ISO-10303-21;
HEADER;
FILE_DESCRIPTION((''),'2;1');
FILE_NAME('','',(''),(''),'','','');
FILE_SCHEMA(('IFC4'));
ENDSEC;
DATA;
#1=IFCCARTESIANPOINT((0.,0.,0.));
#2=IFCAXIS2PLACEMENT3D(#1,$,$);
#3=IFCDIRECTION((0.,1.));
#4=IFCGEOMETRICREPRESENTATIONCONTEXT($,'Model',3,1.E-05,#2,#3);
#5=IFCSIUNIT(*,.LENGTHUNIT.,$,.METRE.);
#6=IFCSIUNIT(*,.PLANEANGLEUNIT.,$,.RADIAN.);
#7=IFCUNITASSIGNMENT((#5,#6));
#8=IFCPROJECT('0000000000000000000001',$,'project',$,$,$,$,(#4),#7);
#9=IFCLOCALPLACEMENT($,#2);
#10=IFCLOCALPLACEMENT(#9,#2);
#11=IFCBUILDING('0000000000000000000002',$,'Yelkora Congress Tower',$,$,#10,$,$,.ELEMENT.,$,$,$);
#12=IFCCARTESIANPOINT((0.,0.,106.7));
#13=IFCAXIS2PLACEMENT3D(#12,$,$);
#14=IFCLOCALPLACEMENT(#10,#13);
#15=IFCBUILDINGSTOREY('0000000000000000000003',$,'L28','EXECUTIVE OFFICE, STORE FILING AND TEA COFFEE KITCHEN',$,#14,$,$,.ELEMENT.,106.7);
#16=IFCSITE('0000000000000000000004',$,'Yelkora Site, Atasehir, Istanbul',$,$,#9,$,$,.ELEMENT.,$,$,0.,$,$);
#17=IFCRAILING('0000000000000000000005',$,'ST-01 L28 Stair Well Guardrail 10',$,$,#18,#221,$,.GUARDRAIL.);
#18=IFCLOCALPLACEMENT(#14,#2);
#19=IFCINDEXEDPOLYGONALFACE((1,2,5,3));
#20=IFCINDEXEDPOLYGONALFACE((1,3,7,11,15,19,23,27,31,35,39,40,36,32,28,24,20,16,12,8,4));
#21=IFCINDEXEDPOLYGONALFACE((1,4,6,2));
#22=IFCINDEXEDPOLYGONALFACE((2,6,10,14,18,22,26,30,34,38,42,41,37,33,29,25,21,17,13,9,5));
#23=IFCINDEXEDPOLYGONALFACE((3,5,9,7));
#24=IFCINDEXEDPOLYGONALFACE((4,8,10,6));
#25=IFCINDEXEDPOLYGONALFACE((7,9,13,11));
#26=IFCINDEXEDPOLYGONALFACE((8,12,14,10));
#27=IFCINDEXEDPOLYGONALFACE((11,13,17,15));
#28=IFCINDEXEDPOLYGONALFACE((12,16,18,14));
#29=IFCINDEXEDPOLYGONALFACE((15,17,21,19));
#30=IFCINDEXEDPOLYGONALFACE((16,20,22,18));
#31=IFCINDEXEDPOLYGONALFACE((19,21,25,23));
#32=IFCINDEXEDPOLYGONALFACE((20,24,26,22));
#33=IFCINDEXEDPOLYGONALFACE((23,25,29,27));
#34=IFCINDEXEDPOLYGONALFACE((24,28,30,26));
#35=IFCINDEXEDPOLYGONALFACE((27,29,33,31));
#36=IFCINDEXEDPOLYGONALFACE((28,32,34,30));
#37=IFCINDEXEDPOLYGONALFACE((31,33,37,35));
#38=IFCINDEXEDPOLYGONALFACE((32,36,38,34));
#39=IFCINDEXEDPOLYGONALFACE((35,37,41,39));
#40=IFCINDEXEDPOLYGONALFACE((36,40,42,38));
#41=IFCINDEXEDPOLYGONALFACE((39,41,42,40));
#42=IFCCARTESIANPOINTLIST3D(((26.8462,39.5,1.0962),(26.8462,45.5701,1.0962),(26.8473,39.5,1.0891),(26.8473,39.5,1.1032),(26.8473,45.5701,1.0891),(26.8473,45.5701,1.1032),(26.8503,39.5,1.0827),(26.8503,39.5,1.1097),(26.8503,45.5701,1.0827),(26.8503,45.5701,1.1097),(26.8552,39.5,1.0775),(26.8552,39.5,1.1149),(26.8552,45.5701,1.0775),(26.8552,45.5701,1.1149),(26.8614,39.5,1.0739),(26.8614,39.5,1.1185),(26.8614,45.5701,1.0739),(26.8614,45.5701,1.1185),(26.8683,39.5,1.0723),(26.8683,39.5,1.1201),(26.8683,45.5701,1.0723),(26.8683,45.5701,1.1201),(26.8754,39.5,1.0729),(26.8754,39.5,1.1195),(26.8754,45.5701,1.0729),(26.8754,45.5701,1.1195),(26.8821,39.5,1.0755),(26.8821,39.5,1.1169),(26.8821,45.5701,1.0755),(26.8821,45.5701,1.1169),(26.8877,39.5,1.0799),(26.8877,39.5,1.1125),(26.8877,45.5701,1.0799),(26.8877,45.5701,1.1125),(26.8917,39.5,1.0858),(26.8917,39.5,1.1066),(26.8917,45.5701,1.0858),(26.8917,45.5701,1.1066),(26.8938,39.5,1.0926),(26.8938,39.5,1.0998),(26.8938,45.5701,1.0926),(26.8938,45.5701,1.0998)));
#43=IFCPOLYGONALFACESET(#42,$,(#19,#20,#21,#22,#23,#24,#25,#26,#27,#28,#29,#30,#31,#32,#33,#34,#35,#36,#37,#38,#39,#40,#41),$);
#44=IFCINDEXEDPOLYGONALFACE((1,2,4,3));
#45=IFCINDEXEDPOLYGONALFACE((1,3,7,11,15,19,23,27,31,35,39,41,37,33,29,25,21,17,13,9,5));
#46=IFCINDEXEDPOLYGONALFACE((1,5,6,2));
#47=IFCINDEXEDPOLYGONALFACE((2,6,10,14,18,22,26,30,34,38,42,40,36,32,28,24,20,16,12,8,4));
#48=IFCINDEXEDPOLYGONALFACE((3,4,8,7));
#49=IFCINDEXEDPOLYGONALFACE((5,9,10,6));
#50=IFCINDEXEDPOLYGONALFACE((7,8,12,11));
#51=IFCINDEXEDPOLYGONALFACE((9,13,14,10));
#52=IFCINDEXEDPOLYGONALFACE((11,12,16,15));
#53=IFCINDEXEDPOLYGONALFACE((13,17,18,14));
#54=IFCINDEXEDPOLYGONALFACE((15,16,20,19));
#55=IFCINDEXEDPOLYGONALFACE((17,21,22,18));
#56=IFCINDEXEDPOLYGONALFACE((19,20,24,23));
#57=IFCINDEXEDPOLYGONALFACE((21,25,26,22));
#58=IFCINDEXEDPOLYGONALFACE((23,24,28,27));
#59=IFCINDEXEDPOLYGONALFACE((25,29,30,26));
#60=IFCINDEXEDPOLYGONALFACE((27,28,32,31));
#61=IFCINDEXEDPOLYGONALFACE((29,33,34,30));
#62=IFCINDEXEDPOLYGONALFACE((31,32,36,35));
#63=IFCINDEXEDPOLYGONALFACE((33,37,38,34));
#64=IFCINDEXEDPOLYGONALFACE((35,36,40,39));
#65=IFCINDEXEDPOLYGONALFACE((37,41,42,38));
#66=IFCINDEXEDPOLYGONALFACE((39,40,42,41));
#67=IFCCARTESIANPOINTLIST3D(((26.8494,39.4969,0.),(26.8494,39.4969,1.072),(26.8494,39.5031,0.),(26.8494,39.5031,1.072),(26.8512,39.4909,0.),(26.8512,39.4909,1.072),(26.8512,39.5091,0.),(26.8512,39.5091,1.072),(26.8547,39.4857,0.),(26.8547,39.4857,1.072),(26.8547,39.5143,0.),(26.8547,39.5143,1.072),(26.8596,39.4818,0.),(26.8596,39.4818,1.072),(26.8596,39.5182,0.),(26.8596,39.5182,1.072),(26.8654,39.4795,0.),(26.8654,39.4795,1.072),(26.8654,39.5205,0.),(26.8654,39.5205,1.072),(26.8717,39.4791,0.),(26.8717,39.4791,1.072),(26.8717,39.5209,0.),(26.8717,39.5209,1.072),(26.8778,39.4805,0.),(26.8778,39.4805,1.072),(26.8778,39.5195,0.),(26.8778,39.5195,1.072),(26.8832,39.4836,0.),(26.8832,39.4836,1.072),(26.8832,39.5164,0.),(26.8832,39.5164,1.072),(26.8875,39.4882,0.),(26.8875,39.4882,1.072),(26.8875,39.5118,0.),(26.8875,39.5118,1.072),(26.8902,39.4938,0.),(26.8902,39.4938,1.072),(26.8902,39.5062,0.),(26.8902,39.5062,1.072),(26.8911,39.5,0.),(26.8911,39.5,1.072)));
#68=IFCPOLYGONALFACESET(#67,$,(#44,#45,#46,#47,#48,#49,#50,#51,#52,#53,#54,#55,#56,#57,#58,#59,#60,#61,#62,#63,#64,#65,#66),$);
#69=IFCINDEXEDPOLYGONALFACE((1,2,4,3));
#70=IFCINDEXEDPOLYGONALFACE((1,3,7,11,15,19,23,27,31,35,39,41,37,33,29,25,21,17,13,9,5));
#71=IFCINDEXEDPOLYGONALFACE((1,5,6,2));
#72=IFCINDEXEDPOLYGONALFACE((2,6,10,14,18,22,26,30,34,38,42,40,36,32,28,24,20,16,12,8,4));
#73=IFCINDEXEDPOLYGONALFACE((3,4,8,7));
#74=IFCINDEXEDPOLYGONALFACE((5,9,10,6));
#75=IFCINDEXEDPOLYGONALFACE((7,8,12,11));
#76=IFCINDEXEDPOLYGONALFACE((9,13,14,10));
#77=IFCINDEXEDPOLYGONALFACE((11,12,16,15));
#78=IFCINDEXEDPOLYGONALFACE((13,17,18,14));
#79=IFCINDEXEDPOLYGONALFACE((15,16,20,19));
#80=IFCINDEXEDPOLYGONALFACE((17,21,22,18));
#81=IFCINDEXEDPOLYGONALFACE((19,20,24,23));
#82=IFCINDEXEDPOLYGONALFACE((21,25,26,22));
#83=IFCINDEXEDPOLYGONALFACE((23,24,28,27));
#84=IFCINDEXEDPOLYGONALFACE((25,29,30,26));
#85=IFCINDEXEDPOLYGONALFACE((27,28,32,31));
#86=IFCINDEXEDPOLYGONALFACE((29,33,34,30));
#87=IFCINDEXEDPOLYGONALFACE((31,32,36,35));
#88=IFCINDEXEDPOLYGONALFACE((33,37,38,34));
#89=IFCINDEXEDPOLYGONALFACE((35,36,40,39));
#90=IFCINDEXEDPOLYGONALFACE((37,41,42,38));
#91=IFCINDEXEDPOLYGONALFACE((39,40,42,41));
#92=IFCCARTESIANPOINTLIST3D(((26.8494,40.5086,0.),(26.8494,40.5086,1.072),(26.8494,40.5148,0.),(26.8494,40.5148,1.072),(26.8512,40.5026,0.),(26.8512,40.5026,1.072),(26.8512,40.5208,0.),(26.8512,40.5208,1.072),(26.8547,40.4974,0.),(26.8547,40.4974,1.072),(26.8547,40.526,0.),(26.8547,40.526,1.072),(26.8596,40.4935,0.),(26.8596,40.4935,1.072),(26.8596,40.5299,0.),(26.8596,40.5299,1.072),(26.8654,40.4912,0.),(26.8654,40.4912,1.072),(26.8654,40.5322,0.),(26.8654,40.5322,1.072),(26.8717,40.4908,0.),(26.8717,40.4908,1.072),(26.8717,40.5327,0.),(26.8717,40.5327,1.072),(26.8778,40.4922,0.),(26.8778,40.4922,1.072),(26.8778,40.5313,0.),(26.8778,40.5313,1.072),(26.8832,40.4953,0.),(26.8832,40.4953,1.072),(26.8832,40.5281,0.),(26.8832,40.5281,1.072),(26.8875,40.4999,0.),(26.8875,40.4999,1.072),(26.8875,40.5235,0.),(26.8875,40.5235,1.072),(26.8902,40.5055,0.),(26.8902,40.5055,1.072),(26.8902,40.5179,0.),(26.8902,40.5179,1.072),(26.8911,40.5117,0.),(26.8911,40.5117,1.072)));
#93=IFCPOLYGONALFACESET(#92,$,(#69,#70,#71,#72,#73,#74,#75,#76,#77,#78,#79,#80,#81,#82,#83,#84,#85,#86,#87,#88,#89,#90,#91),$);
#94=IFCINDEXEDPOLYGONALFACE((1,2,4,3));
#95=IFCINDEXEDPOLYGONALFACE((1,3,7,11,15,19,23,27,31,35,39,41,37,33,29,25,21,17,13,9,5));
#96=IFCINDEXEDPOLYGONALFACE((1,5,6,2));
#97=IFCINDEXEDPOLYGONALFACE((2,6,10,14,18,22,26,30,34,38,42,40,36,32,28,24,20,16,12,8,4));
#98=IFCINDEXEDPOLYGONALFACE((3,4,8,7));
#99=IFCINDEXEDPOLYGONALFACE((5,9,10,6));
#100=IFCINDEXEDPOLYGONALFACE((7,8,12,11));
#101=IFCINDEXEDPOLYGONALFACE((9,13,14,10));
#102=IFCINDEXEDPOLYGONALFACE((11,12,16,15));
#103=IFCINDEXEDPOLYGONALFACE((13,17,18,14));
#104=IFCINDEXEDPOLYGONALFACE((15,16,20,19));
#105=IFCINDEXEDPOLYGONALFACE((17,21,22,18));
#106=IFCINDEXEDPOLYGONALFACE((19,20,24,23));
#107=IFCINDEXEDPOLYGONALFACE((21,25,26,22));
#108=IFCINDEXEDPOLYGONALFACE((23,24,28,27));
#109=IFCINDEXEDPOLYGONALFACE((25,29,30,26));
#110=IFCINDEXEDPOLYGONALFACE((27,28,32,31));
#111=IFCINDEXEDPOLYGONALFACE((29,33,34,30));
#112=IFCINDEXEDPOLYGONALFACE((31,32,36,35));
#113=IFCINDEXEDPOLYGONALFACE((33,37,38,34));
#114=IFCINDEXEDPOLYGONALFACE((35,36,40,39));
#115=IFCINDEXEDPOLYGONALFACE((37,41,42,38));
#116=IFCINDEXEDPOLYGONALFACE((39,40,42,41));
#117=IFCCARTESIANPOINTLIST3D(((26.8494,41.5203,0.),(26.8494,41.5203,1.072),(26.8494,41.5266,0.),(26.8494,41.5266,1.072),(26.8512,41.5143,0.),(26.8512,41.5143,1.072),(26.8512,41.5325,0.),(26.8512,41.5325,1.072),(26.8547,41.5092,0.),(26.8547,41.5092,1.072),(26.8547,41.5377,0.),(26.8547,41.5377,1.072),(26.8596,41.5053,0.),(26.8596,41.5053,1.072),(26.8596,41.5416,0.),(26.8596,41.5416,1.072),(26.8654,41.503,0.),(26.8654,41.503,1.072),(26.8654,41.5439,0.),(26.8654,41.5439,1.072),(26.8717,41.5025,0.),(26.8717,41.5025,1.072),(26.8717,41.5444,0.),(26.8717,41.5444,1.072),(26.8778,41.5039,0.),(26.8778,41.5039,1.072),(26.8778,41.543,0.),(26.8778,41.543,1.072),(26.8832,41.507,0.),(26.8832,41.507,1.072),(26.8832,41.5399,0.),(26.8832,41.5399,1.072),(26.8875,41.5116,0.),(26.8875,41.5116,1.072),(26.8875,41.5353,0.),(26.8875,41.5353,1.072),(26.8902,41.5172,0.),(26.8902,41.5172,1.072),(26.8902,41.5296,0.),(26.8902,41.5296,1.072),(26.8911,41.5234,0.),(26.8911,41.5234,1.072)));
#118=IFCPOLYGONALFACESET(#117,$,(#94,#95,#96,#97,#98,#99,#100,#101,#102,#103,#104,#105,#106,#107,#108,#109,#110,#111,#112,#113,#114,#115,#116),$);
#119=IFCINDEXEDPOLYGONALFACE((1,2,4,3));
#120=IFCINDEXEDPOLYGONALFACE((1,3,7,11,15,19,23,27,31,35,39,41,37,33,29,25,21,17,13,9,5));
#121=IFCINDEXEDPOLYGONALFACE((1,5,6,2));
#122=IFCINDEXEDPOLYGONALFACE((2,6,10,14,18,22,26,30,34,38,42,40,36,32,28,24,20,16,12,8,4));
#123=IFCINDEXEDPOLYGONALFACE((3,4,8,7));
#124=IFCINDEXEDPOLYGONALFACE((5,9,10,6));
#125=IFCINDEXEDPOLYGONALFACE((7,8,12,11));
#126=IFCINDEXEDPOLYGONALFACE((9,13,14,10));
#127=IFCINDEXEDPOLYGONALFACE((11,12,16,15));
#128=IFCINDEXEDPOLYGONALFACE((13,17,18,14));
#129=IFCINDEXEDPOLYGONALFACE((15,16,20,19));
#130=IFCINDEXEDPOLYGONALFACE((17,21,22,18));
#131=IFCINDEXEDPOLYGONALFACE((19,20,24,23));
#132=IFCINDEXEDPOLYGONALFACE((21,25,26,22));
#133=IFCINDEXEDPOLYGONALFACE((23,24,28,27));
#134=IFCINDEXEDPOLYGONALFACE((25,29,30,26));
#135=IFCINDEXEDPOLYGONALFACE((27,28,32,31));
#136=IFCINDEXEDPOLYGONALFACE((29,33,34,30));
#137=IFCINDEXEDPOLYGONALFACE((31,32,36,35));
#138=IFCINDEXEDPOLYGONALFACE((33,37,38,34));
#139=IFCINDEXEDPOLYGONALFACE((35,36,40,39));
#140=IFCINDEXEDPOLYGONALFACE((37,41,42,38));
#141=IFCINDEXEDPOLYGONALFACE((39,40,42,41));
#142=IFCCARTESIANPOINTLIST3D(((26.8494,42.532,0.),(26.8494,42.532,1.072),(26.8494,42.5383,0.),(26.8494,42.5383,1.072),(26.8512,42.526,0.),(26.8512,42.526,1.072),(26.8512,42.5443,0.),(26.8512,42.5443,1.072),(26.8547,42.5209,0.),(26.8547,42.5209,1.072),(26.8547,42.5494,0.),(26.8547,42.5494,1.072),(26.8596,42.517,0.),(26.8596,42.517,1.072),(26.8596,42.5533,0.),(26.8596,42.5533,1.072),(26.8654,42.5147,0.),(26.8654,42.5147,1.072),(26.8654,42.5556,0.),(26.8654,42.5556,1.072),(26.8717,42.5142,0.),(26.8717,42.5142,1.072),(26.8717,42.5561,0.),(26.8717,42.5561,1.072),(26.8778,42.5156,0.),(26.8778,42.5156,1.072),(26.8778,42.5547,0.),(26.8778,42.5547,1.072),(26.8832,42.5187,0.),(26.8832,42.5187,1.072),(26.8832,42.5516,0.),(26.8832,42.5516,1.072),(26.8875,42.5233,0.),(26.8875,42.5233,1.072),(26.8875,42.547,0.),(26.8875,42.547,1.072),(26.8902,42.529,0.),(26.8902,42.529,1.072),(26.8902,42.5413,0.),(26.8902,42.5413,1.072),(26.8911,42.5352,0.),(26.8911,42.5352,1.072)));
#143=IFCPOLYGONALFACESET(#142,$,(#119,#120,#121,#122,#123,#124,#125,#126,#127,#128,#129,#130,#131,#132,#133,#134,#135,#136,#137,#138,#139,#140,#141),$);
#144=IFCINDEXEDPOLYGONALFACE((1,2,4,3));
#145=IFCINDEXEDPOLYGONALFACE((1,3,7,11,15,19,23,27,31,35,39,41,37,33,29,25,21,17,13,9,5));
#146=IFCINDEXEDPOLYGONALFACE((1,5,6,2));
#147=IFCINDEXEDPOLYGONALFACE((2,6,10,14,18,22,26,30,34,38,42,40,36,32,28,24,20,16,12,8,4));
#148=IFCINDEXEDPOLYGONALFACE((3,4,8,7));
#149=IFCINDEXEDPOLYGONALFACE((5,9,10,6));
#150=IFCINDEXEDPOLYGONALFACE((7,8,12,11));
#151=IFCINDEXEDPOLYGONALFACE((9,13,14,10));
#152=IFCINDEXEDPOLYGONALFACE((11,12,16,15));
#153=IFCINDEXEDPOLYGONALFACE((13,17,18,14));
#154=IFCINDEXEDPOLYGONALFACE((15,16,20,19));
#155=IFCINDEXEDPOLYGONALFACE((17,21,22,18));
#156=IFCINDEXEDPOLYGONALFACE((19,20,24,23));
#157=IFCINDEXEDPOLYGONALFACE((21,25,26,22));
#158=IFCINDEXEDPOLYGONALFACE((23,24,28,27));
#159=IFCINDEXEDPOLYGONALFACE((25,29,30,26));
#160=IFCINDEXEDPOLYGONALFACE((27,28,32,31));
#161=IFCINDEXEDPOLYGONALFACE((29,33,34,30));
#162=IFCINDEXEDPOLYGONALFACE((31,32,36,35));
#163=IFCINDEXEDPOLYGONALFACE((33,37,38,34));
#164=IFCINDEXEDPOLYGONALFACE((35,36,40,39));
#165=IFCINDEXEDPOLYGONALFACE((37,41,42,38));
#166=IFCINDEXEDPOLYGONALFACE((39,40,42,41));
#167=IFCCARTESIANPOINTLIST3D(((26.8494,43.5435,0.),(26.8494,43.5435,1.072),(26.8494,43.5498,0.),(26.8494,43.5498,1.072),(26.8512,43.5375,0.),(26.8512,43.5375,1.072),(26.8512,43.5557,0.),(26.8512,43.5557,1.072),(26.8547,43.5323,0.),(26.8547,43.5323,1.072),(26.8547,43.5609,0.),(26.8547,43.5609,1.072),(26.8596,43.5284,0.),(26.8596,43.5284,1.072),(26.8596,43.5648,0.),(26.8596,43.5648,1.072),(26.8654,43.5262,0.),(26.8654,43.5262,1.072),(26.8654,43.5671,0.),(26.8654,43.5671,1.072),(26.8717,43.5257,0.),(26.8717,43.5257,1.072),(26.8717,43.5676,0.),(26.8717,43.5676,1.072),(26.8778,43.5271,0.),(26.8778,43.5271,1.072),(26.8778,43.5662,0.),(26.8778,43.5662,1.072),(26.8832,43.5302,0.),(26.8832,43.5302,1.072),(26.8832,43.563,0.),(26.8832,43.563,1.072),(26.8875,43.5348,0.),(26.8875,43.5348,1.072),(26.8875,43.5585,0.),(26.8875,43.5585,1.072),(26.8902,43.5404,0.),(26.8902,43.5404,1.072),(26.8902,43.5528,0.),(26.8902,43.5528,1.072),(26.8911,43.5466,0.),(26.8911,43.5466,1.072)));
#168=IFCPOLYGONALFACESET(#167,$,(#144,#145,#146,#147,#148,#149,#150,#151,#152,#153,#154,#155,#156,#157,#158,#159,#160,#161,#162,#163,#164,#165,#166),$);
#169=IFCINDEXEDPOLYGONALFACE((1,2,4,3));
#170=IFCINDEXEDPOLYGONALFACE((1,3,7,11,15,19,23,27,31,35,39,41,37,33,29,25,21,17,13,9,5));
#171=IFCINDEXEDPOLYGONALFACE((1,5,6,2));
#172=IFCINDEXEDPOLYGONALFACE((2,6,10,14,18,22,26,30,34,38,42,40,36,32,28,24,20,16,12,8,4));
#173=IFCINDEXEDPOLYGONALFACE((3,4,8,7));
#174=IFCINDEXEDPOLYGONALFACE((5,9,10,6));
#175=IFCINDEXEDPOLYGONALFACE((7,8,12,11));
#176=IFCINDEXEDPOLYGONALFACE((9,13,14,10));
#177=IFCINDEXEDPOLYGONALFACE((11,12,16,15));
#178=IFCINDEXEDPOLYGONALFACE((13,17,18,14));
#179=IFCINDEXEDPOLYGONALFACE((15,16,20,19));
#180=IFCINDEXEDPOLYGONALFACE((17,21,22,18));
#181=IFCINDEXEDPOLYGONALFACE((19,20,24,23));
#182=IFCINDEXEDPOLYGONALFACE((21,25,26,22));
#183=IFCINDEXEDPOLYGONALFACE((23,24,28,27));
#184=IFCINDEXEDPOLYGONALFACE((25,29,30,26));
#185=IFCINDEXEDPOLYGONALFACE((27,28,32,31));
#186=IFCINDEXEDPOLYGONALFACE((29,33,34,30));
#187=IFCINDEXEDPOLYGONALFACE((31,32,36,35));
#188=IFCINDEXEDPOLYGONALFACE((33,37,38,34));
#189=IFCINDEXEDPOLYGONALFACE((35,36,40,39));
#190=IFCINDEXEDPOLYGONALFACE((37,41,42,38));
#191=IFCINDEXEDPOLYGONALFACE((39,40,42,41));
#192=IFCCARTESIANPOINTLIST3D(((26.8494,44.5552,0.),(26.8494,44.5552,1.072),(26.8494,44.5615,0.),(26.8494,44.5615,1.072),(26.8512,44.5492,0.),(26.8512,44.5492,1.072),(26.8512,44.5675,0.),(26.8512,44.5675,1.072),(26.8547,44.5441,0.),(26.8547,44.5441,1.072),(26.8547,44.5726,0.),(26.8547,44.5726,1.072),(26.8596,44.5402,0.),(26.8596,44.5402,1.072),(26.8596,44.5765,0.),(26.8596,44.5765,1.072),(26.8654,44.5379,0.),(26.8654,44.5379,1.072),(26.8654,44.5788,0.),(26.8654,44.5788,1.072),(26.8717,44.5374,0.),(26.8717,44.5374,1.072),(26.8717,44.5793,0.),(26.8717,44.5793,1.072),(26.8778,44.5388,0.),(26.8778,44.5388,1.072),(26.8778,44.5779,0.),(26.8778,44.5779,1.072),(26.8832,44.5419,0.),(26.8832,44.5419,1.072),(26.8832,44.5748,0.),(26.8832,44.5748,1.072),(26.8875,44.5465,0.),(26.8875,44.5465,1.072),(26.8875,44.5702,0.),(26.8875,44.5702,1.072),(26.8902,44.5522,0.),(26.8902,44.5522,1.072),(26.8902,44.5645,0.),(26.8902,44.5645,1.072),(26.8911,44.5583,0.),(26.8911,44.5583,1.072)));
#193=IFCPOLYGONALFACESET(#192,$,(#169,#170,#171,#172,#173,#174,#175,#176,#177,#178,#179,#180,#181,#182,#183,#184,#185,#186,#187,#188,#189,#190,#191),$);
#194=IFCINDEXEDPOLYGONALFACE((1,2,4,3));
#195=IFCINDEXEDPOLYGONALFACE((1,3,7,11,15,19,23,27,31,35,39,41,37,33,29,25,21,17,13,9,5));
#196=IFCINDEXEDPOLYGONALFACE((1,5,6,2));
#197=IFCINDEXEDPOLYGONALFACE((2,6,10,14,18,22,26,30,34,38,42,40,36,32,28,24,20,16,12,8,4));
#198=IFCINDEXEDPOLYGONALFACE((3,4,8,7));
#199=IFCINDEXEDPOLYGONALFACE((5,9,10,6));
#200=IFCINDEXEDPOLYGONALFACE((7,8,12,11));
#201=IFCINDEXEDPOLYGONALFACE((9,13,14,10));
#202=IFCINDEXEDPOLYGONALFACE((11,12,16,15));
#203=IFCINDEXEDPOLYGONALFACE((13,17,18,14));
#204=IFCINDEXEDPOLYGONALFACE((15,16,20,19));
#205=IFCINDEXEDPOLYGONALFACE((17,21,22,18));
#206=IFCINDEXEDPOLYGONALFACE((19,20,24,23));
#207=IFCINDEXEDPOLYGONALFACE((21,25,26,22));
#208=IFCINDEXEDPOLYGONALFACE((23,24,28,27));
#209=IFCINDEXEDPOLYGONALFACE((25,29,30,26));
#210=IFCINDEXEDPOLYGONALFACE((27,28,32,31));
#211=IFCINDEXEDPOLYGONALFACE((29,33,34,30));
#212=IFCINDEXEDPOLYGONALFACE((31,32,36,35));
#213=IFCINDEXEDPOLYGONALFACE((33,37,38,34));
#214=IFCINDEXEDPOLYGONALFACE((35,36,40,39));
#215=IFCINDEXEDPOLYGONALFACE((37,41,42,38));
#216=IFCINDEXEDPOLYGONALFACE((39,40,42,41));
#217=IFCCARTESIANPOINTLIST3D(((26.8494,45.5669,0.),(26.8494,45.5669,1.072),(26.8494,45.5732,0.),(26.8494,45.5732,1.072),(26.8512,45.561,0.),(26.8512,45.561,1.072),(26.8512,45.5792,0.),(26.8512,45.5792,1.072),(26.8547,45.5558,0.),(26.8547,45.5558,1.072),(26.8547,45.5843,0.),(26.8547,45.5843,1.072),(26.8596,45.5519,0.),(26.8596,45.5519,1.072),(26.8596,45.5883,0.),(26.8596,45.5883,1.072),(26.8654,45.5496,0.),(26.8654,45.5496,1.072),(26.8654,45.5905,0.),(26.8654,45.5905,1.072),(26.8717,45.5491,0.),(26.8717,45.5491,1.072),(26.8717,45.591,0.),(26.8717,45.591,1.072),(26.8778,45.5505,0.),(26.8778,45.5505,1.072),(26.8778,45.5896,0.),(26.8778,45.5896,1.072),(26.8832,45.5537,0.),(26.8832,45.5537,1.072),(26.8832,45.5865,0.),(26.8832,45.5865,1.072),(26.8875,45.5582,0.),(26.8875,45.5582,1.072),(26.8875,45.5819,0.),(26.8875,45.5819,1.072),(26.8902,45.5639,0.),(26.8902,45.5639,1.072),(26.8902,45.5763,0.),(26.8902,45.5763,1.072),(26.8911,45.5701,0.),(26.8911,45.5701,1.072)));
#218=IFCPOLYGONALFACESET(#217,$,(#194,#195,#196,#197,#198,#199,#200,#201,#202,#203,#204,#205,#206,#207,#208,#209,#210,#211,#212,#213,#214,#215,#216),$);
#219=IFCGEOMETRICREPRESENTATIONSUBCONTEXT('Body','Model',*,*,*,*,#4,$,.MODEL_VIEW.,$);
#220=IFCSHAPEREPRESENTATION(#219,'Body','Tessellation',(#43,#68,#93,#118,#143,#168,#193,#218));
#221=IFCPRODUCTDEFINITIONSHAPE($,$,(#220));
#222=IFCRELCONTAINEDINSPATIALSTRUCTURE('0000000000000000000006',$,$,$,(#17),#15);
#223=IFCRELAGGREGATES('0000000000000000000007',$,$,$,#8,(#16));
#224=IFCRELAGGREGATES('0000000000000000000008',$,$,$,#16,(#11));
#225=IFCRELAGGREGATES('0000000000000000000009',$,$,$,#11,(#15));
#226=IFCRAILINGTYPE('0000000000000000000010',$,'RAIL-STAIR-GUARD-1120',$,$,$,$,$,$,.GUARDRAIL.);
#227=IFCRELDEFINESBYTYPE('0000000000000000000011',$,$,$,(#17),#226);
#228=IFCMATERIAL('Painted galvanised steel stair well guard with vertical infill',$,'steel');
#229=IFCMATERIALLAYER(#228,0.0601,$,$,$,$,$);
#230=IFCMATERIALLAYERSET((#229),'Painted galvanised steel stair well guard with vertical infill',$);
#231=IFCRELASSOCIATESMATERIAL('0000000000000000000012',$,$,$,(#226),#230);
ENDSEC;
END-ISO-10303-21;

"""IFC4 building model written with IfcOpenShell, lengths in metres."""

from ifc_helpers import new_model, si_unit, direction, frame, origin, origin_2d, place, context, subcontext, project, spatial, circle, extrude, material, layer, layer_set, type_object, element, save


model = new_model("IFC4")

# Units and contexts
model_context = context("Model", 3, precision=1e-05, world=origin(), true_north=direction((0.0, 1.0)))
body_context = subcontext(model_context, "Body", "Model", "MODEL_VIEW")
ifc_project = project(units=[si_unit("LENGTHUNIT", "METRE"), si_unit("PLANEANGLEUNIT", "RADIAN")], contexts=[model_context])

# Site, building, storey
site_placement = place(None, origin())
site = spatial("IfcSite", under=ifc_project, at=site_placement, Name="Yelkora Site, Atasehir, Istanbul", CompositionType="ELEMENT", RefElevation=0.0)
building_placement = place(site_placement, origin())
building = spatial("IfcBuilding", under=site, at=building_placement, Name="Yelkora Congress Tower", CompositionType="ELEMENT")
storey_placement = place(building_placement, frame((0.0, 0.0, 106.7)))
storey = spatial("IfcBuildingStorey", under=building, at=storey_placement, Name="L28", Description="EXECUTIVE OFFICE, STORE FILING AND TEA COFFEE KITCHEN", CompositionType="ELEMENT", Elevation=106.7)

# Railing
ifc_material_1 = material(Name="Painted galvanised steel stair well guard with vertical infill", Category="steel")
ifc_layer_1 = layer(ifc_material_1, 0.0601)
ifc_layer_set_1 = layer_set([ifc_layer_1], Name="Painted galvanised steel stair well guard with vertical infill")
railing_type_1 = type_object("IfcRailingType", Name="RAIL-STAIR-GUARD-1120", PredefinedType="GUARDRAIL", material=ifc_layer_set_1)
railing_1_placement = place(storey_placement, frame((26.8701, 39.5, 0.0)))
element("IfcRailing", 1, at=railing_1_placement, inside=storey, type_object=railing_type_1, Name="ST-01 L28 Stair Well Guardrail 10", PredefinedType="GUARDRAIL", context=body_context, shape_type="SweptSolid", body=[
    extrude(circle(Radius=0.0239, at=origin_2d()), frame((0.0, 0.0, 1.0962), z_axis=(0.0, 1.0, 0.0), x_axis=(-1.0, 0.0, 0.0)), (0.0, 0.0, 1.0), 6.0701),
    extrude(circle(Radius=0.021, at=origin_2d()), origin(), (0.0, 0.0, 1.0), 1.072),
    extrude(circle(Radius=0.021, at=origin_2d()), frame((0.0, 1.0117, 0.0)), (0.0, 0.0, 1.0), 1.072),
    extrude(circle(Radius=0.021, at=origin_2d()), frame((0.0, 2.0234, 0.0)), (0.0, 0.0, 1.0), 1.072),
    extrude(circle(Radius=0.021, at=origin_2d()), frame((0.0, 3.0352, 0.0)), (0.0, 0.0, 1.0), 1.072),
    extrude(circle(Radius=0.021, at=origin_2d()), frame((0.0, 4.0466, 0.0)), (0.0, 0.0, 1.0), 1.072),
    extrude(circle(Radius=0.021, at=origin_2d()), frame((0.0, 5.0583, 0.0)), (0.0, 0.0, 1.0), 1.072),
    extrude(circle(Radius=0.021, at=origin_2d()), frame((0.0, 6.0701, 0.0)), (0.0, 0.0, 1.0), 1.072),
])

save(model, "model.ifc")
